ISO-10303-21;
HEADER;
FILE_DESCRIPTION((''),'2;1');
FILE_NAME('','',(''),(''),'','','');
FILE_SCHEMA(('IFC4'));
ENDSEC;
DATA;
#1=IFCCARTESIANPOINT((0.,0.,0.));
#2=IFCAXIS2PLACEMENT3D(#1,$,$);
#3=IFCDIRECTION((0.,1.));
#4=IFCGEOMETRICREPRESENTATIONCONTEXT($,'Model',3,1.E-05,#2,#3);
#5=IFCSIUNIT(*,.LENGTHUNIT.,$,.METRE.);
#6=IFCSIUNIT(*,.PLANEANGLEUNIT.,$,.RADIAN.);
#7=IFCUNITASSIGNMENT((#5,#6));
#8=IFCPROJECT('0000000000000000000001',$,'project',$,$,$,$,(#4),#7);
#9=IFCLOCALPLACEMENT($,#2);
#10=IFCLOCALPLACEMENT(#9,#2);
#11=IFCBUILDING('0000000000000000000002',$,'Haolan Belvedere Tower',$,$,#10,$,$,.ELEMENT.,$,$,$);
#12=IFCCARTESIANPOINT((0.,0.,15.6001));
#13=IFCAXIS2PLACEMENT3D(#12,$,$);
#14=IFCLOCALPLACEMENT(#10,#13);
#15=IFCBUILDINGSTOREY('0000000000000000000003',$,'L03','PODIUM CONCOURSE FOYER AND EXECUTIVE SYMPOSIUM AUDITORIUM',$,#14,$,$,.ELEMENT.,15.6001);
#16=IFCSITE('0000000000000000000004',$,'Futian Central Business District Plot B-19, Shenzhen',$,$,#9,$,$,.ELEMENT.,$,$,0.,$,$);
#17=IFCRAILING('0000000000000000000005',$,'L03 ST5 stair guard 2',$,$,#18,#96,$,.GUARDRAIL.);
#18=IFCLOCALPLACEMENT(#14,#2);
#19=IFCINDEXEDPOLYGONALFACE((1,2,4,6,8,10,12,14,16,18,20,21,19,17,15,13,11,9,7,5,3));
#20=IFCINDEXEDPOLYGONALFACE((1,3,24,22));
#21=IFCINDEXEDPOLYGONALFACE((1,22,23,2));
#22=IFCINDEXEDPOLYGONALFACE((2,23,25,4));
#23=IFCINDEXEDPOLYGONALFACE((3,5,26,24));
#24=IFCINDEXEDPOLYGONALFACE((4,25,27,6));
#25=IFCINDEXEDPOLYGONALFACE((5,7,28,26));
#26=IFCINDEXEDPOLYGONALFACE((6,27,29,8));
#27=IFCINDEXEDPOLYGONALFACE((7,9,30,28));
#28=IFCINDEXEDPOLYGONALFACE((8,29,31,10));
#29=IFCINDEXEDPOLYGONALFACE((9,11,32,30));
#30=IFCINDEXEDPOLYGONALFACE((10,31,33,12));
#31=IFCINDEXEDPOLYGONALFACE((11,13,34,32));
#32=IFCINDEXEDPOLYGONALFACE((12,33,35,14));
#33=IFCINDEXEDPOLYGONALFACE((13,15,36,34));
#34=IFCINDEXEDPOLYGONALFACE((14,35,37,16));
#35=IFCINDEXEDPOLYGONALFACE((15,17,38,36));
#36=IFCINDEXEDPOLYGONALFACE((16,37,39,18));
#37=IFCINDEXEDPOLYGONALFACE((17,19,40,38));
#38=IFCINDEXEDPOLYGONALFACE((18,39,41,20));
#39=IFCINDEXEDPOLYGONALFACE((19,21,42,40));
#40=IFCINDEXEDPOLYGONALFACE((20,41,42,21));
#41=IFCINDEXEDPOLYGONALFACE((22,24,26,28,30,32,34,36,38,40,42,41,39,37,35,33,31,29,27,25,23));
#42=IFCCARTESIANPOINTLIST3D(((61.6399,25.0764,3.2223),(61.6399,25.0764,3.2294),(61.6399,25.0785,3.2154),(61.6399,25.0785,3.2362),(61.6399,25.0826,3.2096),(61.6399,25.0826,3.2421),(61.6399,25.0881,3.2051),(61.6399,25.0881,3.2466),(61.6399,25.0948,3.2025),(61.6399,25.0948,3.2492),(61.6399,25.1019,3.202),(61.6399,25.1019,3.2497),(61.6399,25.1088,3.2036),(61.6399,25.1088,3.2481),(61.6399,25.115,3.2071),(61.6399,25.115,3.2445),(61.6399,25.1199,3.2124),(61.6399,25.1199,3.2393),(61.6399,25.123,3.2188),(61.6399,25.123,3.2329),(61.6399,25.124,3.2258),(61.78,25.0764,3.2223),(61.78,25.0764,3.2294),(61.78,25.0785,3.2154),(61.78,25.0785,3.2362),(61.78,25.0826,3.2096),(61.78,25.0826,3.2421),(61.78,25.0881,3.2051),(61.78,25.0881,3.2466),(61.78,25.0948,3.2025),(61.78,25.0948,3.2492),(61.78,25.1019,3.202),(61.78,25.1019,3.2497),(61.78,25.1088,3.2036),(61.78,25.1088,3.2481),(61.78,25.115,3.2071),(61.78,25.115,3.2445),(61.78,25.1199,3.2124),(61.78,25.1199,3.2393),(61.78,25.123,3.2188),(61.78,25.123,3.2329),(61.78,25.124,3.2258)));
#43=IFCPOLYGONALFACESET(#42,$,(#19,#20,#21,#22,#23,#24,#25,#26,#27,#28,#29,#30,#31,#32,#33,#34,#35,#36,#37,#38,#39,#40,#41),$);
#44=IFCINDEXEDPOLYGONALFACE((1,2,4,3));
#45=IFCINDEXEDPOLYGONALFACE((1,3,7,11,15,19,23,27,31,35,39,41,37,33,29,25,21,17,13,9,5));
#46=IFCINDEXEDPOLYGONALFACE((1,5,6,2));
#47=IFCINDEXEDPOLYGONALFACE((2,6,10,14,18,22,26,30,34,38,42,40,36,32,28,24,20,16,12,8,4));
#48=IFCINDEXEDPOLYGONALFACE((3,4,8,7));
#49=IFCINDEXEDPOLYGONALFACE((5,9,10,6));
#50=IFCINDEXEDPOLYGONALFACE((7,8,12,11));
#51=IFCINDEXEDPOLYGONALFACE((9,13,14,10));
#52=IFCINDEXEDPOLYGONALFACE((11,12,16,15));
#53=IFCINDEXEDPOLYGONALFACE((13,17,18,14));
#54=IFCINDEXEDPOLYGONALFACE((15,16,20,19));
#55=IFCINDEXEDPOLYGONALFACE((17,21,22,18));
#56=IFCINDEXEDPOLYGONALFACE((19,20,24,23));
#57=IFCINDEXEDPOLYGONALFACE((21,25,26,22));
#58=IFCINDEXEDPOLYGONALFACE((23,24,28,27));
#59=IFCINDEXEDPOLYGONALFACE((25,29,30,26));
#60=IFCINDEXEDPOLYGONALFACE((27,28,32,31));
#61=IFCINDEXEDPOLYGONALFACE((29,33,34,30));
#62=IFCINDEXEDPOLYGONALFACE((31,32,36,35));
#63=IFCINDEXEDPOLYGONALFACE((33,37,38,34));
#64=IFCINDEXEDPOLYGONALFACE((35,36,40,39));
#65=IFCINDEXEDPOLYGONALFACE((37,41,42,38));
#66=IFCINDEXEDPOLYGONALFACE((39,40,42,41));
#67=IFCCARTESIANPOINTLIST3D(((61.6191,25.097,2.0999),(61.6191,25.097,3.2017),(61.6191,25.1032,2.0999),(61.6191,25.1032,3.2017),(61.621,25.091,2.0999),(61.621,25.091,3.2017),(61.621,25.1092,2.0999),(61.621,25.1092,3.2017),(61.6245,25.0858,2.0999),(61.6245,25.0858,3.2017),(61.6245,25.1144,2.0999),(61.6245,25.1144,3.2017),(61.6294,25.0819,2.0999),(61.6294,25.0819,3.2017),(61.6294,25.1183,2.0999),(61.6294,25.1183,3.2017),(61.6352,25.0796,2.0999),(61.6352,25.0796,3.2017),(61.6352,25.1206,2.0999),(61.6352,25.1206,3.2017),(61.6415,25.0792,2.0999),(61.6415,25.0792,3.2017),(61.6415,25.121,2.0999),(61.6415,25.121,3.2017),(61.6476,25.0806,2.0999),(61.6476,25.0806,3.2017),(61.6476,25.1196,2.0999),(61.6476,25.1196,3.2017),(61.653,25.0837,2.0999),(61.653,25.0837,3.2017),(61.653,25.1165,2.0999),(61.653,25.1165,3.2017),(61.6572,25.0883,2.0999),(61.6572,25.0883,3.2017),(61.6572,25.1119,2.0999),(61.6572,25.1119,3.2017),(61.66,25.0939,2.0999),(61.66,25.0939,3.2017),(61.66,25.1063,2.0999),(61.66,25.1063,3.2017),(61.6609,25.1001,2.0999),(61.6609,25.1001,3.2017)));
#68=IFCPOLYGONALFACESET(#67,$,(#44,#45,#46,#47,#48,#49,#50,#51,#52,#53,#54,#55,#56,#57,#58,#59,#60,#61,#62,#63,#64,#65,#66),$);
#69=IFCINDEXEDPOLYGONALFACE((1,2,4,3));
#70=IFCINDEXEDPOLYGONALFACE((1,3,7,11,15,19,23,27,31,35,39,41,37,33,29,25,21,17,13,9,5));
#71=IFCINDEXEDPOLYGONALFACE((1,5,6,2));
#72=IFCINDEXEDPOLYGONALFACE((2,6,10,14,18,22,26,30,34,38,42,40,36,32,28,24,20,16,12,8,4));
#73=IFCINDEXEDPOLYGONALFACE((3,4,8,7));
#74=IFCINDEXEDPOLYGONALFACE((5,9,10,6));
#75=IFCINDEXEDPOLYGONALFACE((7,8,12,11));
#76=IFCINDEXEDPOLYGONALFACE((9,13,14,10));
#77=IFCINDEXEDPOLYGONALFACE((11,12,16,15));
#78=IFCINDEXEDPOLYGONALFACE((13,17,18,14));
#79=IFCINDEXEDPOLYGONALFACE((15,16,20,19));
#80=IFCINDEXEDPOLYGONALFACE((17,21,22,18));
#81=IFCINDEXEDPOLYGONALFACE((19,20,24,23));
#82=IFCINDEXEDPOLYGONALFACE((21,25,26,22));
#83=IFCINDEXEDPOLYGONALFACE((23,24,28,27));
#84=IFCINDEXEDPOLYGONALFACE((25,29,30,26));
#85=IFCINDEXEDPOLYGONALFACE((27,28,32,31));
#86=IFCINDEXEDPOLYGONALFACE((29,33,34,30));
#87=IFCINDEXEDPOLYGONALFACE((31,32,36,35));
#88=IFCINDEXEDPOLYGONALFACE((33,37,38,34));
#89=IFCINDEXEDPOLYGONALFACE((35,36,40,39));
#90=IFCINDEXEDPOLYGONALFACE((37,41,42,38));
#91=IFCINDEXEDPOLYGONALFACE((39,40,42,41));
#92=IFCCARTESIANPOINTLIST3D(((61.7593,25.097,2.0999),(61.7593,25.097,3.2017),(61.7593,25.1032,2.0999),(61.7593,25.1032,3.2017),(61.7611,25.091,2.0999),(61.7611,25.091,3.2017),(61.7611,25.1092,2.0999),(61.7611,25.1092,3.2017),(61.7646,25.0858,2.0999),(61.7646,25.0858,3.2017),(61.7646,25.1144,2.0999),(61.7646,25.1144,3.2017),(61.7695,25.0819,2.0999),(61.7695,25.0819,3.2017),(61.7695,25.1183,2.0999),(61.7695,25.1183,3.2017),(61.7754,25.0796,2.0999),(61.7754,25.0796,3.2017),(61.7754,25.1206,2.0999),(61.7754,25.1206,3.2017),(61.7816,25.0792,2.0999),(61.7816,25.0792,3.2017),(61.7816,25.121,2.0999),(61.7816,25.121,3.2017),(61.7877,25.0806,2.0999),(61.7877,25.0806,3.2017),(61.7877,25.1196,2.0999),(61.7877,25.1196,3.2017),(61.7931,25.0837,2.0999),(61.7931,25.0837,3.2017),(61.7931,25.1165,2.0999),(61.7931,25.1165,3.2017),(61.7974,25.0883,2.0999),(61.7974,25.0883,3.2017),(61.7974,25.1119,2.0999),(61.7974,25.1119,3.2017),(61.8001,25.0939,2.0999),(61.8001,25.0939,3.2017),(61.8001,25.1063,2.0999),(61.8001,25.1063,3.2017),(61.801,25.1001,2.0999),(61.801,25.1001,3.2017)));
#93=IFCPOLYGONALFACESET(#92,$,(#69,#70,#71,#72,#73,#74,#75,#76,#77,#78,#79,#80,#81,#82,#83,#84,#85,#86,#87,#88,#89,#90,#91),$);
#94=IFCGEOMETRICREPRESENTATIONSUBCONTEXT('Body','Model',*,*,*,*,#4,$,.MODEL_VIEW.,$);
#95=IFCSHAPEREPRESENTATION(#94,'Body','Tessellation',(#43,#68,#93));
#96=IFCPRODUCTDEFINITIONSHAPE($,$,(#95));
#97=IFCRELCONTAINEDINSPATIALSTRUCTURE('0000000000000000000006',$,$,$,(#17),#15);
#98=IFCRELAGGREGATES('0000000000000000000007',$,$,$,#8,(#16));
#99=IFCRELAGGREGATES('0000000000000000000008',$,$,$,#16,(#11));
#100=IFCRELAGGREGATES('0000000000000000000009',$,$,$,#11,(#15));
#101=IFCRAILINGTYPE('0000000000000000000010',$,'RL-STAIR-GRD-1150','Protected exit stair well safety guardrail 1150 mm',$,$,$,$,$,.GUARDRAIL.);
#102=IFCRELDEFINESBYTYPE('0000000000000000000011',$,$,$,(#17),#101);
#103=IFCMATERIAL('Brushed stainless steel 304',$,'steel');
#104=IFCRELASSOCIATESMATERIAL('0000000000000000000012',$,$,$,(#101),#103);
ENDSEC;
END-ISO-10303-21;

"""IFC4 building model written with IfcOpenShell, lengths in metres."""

from ifc_helpers import new_model, si_unit, direction, frame, origin, origin_2d, place, context, subcontext, project, spatial, circle, extrude, material, type_object, element, save


model = new_model("IFC4")

# Units and contexts
model_context = context("Model", 3, precision=1e-05, world=origin(), true_north=direction((0.0, 1.0)))
body_context = subcontext(model_context, "Body", "Model", "MODEL_VIEW")
ifc_project = project(units=[si_unit("LENGTHUNIT", "METRE"), si_unit("PLANEANGLEUNIT", "RADIAN")], contexts=[model_context])

# Site, building, storey
site_placement = place(None, origin())
site = spatial("IfcSite", under=ifc_project, at=site_placement, Name="Futian Central Business District Plot B-19, Shenzhen", CompositionType="ELEMENT", RefElevation=0.0)
building_placement = place(site_placement, origin())
building = spatial("IfcBuilding", under=site, at=building_placement, Name="Haolan Belvedere Tower", CompositionType="ELEMENT")
storey_placement = place(building_placement, frame((0.0, 0.0, 15.6001)))
storey = spatial("IfcBuildingStorey", under=building, at=storey_placement, Name="L03", Description="PODIUM CONCOURSE FOYER AND EXECUTIVE SYMPOSIUM AUDITORIUM", CompositionType="ELEMENT", Elevation=15.6001)

# Railing
ifc_material_1 = material(Name="Brushed stainless steel 304", Category="steel")
railing_type_1 = type_object("IfcRailingType", Name="RL-STAIR-GRD-1150", Description="Protected exit stair well safety guardrail 1150 mm", PredefinedType="GUARDRAIL", material=ifc_material_1)
railing_1_placement = place(storey_placement, frame((61.6399, 25.1001, 2.0999)))
element("IfcRailing", 1, at=railing_1_placement, inside=storey, type_object=railing_type_1, Name="L03 ST5 stair guard 2", PredefinedType="GUARDRAIL", context=body_context, shape_type="SweptSolid", body=[
    extrude(circle(Radius=0.0239, at=origin_2d()), frame((0.0, 0.0, 1.126), z_axis=(1.0, 0.0, 0.0), x_axis=(0.0, 1.0, 0.0)), (0.0, 0.0, 1.0), 0.1401),
    extrude(circle(Radius=0.021, at=origin_2d()), origin(), (0.0, 0.0, 1.0), 1.1018),
    extrude(circle(Radius=0.021, at=origin_2d()), frame((0.1401, 0.0, 0.0)), (0.0, 0.0, 1.0), 1.1018),
])

save(model, "model.ifc")
